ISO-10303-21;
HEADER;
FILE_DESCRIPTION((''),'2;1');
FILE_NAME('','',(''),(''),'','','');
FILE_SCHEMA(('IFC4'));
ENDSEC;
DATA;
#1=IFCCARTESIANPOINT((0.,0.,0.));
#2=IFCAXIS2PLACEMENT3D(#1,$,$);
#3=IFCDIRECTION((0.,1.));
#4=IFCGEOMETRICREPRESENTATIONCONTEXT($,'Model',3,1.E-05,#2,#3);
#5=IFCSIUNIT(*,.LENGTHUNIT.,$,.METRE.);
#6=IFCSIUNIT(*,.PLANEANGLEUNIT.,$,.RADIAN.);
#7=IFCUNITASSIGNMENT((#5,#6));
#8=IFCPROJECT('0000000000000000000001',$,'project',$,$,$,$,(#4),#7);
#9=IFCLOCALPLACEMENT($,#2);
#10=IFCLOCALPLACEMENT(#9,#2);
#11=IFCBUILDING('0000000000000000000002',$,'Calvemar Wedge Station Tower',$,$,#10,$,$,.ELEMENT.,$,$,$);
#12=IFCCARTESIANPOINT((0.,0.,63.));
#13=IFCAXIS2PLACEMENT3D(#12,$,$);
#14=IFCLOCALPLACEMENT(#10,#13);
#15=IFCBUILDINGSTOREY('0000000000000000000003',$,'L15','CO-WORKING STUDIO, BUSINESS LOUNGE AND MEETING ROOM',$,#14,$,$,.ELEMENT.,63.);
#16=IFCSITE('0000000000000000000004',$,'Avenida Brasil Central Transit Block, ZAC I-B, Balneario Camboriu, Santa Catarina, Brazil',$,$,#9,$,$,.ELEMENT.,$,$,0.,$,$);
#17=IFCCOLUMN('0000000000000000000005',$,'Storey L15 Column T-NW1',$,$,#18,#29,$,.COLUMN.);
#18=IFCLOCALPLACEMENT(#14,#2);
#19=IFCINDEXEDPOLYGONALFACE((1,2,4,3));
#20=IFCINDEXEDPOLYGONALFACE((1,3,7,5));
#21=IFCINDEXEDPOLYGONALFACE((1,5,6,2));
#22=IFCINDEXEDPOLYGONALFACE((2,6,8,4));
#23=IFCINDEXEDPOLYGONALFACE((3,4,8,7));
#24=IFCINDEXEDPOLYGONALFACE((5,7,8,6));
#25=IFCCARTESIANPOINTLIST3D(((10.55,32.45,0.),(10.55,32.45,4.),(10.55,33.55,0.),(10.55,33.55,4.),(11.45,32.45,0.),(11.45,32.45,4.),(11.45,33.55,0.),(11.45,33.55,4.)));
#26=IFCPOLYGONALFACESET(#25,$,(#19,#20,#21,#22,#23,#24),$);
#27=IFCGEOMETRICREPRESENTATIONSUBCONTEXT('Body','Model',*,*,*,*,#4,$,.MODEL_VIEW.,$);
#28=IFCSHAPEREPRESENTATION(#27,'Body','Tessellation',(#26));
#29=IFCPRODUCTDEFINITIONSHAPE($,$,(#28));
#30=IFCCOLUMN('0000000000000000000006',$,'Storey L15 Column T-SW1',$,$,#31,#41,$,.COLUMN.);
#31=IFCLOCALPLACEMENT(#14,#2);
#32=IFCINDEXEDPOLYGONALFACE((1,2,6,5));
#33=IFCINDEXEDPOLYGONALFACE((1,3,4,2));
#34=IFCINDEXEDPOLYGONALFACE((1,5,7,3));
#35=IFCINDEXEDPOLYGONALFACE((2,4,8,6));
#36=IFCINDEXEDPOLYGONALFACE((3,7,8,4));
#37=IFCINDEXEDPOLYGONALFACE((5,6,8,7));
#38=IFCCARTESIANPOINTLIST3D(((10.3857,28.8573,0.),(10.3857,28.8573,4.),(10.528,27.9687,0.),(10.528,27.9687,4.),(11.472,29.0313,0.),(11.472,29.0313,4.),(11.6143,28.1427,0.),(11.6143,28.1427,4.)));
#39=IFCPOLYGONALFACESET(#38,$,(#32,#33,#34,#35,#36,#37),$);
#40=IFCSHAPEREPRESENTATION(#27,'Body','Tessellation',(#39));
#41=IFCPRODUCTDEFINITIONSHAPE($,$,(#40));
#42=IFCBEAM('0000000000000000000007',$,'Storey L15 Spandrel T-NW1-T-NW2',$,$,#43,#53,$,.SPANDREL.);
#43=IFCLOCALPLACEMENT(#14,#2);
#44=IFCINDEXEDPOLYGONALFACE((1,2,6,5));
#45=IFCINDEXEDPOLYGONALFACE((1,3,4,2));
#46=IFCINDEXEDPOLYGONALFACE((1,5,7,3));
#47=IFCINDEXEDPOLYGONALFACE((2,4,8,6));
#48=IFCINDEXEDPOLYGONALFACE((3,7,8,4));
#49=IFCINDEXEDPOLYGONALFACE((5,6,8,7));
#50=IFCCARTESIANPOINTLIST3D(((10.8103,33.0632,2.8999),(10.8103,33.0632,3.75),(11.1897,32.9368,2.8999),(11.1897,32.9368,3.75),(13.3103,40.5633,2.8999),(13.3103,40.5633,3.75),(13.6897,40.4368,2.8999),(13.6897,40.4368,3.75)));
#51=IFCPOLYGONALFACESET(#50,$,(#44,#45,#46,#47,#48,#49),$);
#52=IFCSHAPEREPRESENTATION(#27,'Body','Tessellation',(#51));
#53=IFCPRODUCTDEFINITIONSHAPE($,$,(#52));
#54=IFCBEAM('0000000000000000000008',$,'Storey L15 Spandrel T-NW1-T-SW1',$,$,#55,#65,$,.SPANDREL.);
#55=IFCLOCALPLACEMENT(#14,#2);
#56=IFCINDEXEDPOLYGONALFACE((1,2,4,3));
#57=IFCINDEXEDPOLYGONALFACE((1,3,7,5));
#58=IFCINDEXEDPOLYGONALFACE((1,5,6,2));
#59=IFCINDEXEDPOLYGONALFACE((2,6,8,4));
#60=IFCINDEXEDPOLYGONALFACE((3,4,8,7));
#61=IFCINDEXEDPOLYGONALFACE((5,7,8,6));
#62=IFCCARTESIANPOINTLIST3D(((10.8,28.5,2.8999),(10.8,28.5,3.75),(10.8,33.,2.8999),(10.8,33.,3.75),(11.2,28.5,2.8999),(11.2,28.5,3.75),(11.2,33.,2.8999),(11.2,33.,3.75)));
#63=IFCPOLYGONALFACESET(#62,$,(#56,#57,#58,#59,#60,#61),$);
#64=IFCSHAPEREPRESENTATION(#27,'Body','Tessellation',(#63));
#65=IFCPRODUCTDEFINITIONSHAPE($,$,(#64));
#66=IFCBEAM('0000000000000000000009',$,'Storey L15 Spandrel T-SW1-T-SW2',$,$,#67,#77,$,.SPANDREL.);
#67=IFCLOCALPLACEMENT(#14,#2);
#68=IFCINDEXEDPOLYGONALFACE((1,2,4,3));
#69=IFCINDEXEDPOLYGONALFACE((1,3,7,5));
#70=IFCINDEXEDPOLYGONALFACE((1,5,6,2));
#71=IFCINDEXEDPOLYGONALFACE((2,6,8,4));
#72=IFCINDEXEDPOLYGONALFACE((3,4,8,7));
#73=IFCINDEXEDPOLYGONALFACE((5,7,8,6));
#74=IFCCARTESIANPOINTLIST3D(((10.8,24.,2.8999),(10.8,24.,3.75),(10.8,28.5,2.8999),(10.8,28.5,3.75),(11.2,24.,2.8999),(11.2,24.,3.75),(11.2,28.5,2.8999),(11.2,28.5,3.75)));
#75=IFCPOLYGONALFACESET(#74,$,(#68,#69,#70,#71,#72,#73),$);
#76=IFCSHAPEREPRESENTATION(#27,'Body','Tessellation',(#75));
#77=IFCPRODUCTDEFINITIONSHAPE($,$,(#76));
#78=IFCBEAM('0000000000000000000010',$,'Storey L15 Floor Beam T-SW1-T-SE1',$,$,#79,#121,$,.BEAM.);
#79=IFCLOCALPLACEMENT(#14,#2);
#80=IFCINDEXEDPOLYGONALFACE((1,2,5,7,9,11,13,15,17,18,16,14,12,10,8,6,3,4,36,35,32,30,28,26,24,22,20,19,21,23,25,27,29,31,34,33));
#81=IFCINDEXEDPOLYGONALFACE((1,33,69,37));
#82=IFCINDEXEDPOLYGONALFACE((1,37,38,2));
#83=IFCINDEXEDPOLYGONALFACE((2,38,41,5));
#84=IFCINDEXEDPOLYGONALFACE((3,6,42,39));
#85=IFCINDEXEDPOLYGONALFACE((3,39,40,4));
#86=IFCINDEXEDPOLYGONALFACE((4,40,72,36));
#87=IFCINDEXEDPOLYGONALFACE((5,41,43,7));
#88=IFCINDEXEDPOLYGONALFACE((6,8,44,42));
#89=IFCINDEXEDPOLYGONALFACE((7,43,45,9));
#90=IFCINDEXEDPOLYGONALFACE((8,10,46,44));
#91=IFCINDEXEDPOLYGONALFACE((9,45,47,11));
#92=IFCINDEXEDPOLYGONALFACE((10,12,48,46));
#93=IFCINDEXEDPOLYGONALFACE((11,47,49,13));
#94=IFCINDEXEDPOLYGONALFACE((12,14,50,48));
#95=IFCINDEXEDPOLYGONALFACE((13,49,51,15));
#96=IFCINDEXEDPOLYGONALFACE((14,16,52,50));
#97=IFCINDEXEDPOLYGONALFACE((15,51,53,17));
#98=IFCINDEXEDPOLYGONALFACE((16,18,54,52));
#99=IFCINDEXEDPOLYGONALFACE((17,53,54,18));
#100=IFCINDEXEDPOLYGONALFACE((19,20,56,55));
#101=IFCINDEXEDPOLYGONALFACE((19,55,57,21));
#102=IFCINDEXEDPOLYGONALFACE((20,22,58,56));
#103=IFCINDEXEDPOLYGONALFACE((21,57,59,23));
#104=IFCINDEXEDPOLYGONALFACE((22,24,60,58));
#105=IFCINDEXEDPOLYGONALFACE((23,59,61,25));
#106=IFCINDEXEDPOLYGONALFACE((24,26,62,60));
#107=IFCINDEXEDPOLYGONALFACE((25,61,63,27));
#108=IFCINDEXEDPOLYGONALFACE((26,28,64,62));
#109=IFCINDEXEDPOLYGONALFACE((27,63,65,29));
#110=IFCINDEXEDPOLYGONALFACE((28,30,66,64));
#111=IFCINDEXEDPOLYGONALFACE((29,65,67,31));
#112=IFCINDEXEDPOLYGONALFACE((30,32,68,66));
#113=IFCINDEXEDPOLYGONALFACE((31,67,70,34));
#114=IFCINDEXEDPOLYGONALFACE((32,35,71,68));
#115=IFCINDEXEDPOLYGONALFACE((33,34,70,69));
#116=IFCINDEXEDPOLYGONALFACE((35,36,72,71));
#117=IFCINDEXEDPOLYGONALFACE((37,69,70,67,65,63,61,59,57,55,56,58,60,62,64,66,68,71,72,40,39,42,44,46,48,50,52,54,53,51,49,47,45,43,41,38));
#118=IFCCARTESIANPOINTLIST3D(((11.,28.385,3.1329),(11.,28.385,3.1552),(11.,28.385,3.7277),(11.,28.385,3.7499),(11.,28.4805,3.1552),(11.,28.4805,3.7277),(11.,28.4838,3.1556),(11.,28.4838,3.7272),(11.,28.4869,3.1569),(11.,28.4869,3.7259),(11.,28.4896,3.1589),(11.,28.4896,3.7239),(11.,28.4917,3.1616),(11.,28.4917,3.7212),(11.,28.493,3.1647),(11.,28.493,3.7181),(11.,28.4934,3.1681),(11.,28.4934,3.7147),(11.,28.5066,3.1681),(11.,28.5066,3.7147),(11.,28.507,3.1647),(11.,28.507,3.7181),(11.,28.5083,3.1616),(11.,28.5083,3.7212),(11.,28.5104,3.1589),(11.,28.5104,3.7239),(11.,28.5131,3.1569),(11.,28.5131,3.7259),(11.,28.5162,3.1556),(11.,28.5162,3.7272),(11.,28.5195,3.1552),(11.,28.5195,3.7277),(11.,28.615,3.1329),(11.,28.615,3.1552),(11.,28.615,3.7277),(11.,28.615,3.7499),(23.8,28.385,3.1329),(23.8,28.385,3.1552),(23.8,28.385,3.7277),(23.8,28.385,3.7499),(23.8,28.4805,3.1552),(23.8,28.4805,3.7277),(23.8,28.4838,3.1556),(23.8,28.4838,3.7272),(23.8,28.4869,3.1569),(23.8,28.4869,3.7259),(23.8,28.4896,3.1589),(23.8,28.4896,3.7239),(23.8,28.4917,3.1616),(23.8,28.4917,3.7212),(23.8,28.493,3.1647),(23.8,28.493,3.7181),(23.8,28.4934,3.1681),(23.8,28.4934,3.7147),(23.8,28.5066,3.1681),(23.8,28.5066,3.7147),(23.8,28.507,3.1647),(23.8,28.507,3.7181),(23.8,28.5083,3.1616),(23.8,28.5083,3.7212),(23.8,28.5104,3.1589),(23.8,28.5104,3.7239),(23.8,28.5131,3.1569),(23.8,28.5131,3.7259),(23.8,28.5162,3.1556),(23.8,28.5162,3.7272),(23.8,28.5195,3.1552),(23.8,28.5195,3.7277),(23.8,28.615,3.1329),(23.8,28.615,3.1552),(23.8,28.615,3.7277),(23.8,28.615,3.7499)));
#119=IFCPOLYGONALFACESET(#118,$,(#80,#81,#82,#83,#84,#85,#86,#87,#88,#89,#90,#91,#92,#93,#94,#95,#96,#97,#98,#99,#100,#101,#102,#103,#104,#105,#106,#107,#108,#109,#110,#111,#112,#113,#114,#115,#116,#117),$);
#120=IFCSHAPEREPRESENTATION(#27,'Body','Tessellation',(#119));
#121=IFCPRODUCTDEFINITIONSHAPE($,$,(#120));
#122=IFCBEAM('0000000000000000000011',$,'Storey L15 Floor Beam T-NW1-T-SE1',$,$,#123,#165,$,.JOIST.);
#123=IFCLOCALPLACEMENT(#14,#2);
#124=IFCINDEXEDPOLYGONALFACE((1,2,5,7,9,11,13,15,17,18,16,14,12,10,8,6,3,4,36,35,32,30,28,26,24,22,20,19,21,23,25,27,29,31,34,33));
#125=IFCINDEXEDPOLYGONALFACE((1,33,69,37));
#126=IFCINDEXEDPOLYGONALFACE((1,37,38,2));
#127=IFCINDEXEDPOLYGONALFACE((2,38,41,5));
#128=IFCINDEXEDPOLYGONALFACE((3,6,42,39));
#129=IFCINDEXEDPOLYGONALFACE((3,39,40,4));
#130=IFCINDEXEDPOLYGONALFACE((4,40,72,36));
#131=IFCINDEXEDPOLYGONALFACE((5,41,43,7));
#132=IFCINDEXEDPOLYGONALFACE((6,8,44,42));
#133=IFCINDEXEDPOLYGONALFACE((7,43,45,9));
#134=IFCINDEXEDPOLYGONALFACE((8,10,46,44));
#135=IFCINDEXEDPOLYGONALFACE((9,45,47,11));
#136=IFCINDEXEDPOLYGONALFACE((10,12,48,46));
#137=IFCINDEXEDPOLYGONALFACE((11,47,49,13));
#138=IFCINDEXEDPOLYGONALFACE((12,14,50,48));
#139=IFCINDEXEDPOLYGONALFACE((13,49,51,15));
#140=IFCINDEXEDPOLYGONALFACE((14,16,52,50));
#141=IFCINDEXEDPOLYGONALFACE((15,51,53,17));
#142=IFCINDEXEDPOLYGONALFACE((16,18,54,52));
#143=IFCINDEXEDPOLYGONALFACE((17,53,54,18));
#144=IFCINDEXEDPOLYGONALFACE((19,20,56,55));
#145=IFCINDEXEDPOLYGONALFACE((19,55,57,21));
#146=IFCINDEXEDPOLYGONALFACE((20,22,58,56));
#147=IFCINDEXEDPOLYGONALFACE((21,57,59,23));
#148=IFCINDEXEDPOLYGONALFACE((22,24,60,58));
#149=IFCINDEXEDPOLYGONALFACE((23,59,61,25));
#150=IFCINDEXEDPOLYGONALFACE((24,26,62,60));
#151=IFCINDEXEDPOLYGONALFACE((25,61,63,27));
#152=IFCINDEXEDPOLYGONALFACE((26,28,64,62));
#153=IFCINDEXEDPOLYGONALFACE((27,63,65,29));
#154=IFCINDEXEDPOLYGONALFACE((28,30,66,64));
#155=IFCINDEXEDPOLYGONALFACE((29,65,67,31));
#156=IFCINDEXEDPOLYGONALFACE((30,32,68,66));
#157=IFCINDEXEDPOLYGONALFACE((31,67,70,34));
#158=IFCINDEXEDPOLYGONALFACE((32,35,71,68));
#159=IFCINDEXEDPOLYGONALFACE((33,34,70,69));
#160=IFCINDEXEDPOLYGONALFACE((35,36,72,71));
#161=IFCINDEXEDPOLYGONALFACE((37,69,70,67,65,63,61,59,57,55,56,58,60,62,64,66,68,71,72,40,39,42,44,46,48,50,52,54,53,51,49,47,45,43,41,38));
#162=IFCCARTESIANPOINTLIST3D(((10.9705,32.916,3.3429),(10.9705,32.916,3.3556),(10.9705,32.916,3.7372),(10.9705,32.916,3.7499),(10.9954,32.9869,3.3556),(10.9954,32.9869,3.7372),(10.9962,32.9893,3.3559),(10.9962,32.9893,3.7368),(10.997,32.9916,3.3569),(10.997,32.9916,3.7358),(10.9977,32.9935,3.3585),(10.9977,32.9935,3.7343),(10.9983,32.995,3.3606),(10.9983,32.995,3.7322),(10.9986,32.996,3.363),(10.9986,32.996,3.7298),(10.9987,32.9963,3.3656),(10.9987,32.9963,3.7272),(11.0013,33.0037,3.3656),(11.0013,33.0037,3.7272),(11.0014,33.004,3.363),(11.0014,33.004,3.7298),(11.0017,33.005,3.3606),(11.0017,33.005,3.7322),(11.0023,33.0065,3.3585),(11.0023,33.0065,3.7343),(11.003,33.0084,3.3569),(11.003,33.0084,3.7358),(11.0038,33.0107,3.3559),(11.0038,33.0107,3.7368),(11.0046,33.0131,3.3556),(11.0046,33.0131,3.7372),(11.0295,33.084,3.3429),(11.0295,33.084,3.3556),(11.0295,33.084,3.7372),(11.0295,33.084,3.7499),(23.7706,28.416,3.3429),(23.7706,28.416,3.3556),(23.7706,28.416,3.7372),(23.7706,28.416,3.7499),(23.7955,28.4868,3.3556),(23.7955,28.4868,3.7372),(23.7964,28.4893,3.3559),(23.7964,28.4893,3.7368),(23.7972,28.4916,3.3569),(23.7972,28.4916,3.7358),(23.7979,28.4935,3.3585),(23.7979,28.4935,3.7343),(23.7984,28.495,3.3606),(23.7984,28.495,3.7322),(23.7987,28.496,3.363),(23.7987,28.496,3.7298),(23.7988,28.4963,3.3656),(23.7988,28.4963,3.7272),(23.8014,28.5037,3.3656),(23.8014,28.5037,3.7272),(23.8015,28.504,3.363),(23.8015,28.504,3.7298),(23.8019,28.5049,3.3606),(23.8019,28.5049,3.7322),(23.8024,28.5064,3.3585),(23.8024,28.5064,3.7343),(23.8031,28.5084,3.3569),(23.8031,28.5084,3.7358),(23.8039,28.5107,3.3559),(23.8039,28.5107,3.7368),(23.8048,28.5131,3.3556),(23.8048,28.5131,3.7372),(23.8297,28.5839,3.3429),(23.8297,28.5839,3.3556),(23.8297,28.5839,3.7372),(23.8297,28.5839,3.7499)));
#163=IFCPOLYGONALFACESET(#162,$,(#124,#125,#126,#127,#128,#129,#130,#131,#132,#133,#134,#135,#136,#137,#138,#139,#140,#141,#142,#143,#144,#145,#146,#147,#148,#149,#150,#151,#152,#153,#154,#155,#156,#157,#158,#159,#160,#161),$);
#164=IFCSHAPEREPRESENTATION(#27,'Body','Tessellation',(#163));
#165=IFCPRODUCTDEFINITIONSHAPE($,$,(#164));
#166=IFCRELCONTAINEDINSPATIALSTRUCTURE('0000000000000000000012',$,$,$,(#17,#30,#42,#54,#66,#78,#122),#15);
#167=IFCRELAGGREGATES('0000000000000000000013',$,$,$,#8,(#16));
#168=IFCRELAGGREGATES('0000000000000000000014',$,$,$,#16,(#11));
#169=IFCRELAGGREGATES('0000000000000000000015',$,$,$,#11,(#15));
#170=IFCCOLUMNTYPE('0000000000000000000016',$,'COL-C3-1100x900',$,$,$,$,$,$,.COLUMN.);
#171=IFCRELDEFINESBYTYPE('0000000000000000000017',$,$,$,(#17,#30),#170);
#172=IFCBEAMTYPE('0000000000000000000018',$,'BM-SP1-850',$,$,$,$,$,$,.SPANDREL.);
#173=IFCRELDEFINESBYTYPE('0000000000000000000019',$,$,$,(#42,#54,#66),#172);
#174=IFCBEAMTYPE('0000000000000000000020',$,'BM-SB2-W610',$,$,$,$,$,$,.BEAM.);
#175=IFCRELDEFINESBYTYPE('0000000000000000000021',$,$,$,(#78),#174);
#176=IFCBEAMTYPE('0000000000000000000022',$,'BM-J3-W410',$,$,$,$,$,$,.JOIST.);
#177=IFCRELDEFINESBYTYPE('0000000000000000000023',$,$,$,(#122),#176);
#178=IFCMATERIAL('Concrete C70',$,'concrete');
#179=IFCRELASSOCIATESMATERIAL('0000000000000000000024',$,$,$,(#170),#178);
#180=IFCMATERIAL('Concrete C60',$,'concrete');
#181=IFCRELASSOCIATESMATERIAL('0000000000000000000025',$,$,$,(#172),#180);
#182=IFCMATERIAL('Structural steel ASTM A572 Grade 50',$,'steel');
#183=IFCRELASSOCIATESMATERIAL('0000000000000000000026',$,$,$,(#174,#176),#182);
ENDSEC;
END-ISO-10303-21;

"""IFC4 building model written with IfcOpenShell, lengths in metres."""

from ifc_helpers import new_model, si_unit, direction, frame, origin, origin_2d, place, context, subcontext, project, spatial, rectangle, i_section, extrude, source, transform, mapped, material, material_profile, profile_set, type_object, element, save


model = new_model("IFC4")

# Units and contexts
model_context = context("Model", 3, precision=1e-05, world=origin(), true_north=direction((0.0, 1.0)))
body_context = subcontext(model_context, "Body", "Model", "MODEL_VIEW")
ifc_project = project(units=[si_unit("LENGTHUNIT", "METRE"), si_unit("PLANEANGLEUNIT", "RADIAN")], contexts=[model_context])

# Site, building, storey
site_placement = place(None, origin())
site = spatial("IfcSite", under=ifc_project, at=site_placement, Name="Avenida Brasil Central Transit Block, ZAC I-B, Balneario Camboriu, Santa Catarina, Brazil", CompositionType="ELEMENT", RefElevation=0.0)
building_placement = place(site_placement, origin())
building = spatial("IfcBuilding", under=site, at=building_placement, Name="Calvemar Wedge Station Tower", CompositionType="ELEMENT")
storey_placement = place(building_placement, frame((0.0, 0.0, 63.0)))
storey = spatial("IfcBuildingStorey", under=building, at=storey_placement, Name="L15", Description="CO-WORKING STUDIO, BUSINESS LOUNGE AND MEETING ROOM", CompositionType="ELEMENT", Elevation=63.0)

# Columns
ifc_material_1 = material(Name="Concrete C70", Category="concrete")
ifc_material_profile_1 = material_profile(ifc_material_1, rectangle(XDim=0.8999, YDim=1.1001, at=origin_2d()), Name="RC1100x900")
ifc_profile_set_1 = profile_set([ifc_material_profile_1], Name="Concrete C70")
column_type = type_object("IfcColumnType", Name="COL-C3-1100x900", PredefinedType="COLUMN", material=ifc_profile_set_1)
shared_shape_1 = source(origin(), body_context, "Body", "SweptSolid", [
    extrude(rectangle(XDim=0.8999, YDim=1.1001, at=origin_2d()), origin(), (0.0, 0.0, 1.0), 4.0),
])
for number, where, z_axis, x_axis, name in (
    (1, (11.0, 33.0, 0.0), (0.0, 0.0, 1.0), (1.0, 0.0, 0.0), "Storey L15 Column T-NW1"),
    (2, (11.0, 28.5, 0.0), (0.0, 0.0, 1.0), (0.158158, -0.987414, 0.0), "Storey L15 Column T-SW1"),
):
    element("IfcColumn", number, at=place(storey_placement, frame(where, z_axis=z_axis, x_axis=x_axis)), inside=storey, type_object=column_type, Name=name, PredefinedType="COLUMN", context=body_context, shape_type="MappedRepresentation", body=[
        mapped(shared_shape_1, transform((0.0, 0.0, 0.0), scale=1.0)),
    ])

# Beams
ifc_material_2 = material(Name="Concrete C60", Category="concrete")
ifc_material_profile_2 = material_profile(ifc_material_2, rectangle(XDim=0.3999, YDim=0.8501, at=origin_2d()), Name="RC400x850")
ifc_profile_set_2 = profile_set([ifc_material_profile_2], Name="Concrete C60")
beam_type_1 = type_object("IfcBeamType", Name="BM-SP1-850", PredefinedType="SPANDREL", material=ifc_profile_set_2)
shared_shape_2 = source(origin(), body_context, "Body", "SweptSolid", [
    extrude(rectangle(XDim=0.3999, YDim=0.8501, at=origin_2d()), origin(), (0.0, 0.0, 1.0), 7.9058),
])
beam_1_placement = place(storey_placement, frame((11.0, 33.0, 3.325), z_axis=(0.316228, 0.948683, 0.0), x_axis=(-0.948683, 0.316228, 0.0)))
element("IfcBeam", 3, at=beam_1_placement, inside=storey, type_object=beam_type_1, Name="Storey L15 Spandrel T-NW1-T-NW2", PredefinedType="SPANDREL", context=body_context, shape_type="MappedRepresentation", body=[
    mapped(shared_shape_2, transform((0.0, 0.0, 0.0), scale=1.0)),
])
shared_shape_3 = source(origin(), body_context, "Body", "SweptSolid", [
    extrude(rectangle(XDim=0.3999, YDim=0.8501, at=origin_2d()), origin(), (0.0, 0.0, 1.0), 4.5),
])
for number, where, z_axis, x_axis, name in (
    (4, (11.0, 33.0, 3.325), (0.0, -1.0, 0.0), (1.0, 0.0, 0.0), "Storey L15 Spandrel T-NW1-T-SW1"),
    (5, (11.0, 28.5, 3.325), (0.0, -1.0, 0.0), (1.0, 0.0, 0.0), "Storey L15 Spandrel T-SW1-T-SW2"),
):
    element("IfcBeam", number, at=place(storey_placement, frame(where, z_axis=z_axis, x_axis=x_axis)), inside=storey, type_object=beam_type_1, Name=name, PredefinedType="SPANDREL", context=body_context, shape_type="MappedRepresentation", body=[
        mapped(shared_shape_3, transform((0.0, 0.0, 0.0), scale=1.0)),
    ])
ifc_material_3 = material(Name="Structural steel ASTM A572 Grade 50", Category="steel")
ifc_material_profile_3 = material_profile(ifc_material_3, i_section(OverallWidth=0.23, OverallDepth=0.6169, WebThickness=0.0132, FlangeThickness=0.0222, FilletRadius=0.0129, at=origin_2d()), Name="W610x140")
ifc_profile_set_3 = profile_set([ifc_material_profile_3], Name="Structural steel ASTM A572 Grade 50")
beam_type_2 = type_object("IfcBeamType", Name="BM-SB2-W610", PredefinedType="BEAM", material=ifc_profile_set_3)
shared_shape_4 = source(origin(), body_context, "Body", "SweptSolid", [
    extrude(i_section(OverallWidth=0.23, OverallDepth=0.6169, WebThickness=0.0132, FlangeThickness=0.0222, FilletRadius=0.0129, at=origin_2d()), origin(), (0.0, 0.0, 1.0), 12.8),
])
beam_2_placement = place(storey_placement, frame((11.0, 28.5, 3.4414), z_axis=(1.0, 0.0, 0.0), x_axis=(0.0, 1.0, 0.0)))
element("IfcBeam", 6, at=beam_2_placement, inside=storey, type_object=beam_type_2, Name="Storey L15 Floor Beam T-SW1-T-SE1", PredefinedType="BEAM", context=body_context, shape_type="MappedRepresentation", body=[
    mapped(shared_shape_4, transform((0.0, 0.0, 0.0), scale=1.0)),
])
ifc_material_profile_4 = material_profile(ifc_material_3, i_section(OverallWidth=0.178, OverallDepth=0.407, WebThickness=0.0078, FlangeThickness=0.0127, FilletRadius=0.01, at=origin_2d()), Name="W410x60")
ifc_profile_set_4 = profile_set([ifc_material_profile_4], Name="Structural steel ASTM A572 Grade 50")
beam_type_3 = type_object("IfcBeamType", Name="BM-J3-W410", PredefinedType="JOIST", material=ifc_profile_set_4)
shared_shape_5 = source(origin(), body_context, "Body", "SweptSolid", [
    extrude(i_section(OverallWidth=0.178, OverallDepth=0.407, WebThickness=0.0078, FlangeThickness=0.0127, FilletRadius=0.01, at=origin_2d()), origin(), (0.0, 0.0, 1.0), 13.5681),
])
for number, where, z_axis, x_axis, name in (
    (7, (11.0, 33.0, 3.5464), (0.943398, -0.331662, 0.0), (0.331662, 0.943398, 0.0), "Storey L15 Floor Beam T-NW1-T-SE1"),
):
    element("IfcBeam", number, at=place(storey_placement, frame(where, z_axis=z_axis, x_axis=x_axis)), inside=storey, type_object=beam_type_3, Name=name, PredefinedType="JOIST", context=body_context, shape_type="MappedRepresentation", body=[
        mapped(shared_shape_5, transform((0.0, 0.0, 0.0), scale=1.0)),
    ])

save(model, "model.ifc")
